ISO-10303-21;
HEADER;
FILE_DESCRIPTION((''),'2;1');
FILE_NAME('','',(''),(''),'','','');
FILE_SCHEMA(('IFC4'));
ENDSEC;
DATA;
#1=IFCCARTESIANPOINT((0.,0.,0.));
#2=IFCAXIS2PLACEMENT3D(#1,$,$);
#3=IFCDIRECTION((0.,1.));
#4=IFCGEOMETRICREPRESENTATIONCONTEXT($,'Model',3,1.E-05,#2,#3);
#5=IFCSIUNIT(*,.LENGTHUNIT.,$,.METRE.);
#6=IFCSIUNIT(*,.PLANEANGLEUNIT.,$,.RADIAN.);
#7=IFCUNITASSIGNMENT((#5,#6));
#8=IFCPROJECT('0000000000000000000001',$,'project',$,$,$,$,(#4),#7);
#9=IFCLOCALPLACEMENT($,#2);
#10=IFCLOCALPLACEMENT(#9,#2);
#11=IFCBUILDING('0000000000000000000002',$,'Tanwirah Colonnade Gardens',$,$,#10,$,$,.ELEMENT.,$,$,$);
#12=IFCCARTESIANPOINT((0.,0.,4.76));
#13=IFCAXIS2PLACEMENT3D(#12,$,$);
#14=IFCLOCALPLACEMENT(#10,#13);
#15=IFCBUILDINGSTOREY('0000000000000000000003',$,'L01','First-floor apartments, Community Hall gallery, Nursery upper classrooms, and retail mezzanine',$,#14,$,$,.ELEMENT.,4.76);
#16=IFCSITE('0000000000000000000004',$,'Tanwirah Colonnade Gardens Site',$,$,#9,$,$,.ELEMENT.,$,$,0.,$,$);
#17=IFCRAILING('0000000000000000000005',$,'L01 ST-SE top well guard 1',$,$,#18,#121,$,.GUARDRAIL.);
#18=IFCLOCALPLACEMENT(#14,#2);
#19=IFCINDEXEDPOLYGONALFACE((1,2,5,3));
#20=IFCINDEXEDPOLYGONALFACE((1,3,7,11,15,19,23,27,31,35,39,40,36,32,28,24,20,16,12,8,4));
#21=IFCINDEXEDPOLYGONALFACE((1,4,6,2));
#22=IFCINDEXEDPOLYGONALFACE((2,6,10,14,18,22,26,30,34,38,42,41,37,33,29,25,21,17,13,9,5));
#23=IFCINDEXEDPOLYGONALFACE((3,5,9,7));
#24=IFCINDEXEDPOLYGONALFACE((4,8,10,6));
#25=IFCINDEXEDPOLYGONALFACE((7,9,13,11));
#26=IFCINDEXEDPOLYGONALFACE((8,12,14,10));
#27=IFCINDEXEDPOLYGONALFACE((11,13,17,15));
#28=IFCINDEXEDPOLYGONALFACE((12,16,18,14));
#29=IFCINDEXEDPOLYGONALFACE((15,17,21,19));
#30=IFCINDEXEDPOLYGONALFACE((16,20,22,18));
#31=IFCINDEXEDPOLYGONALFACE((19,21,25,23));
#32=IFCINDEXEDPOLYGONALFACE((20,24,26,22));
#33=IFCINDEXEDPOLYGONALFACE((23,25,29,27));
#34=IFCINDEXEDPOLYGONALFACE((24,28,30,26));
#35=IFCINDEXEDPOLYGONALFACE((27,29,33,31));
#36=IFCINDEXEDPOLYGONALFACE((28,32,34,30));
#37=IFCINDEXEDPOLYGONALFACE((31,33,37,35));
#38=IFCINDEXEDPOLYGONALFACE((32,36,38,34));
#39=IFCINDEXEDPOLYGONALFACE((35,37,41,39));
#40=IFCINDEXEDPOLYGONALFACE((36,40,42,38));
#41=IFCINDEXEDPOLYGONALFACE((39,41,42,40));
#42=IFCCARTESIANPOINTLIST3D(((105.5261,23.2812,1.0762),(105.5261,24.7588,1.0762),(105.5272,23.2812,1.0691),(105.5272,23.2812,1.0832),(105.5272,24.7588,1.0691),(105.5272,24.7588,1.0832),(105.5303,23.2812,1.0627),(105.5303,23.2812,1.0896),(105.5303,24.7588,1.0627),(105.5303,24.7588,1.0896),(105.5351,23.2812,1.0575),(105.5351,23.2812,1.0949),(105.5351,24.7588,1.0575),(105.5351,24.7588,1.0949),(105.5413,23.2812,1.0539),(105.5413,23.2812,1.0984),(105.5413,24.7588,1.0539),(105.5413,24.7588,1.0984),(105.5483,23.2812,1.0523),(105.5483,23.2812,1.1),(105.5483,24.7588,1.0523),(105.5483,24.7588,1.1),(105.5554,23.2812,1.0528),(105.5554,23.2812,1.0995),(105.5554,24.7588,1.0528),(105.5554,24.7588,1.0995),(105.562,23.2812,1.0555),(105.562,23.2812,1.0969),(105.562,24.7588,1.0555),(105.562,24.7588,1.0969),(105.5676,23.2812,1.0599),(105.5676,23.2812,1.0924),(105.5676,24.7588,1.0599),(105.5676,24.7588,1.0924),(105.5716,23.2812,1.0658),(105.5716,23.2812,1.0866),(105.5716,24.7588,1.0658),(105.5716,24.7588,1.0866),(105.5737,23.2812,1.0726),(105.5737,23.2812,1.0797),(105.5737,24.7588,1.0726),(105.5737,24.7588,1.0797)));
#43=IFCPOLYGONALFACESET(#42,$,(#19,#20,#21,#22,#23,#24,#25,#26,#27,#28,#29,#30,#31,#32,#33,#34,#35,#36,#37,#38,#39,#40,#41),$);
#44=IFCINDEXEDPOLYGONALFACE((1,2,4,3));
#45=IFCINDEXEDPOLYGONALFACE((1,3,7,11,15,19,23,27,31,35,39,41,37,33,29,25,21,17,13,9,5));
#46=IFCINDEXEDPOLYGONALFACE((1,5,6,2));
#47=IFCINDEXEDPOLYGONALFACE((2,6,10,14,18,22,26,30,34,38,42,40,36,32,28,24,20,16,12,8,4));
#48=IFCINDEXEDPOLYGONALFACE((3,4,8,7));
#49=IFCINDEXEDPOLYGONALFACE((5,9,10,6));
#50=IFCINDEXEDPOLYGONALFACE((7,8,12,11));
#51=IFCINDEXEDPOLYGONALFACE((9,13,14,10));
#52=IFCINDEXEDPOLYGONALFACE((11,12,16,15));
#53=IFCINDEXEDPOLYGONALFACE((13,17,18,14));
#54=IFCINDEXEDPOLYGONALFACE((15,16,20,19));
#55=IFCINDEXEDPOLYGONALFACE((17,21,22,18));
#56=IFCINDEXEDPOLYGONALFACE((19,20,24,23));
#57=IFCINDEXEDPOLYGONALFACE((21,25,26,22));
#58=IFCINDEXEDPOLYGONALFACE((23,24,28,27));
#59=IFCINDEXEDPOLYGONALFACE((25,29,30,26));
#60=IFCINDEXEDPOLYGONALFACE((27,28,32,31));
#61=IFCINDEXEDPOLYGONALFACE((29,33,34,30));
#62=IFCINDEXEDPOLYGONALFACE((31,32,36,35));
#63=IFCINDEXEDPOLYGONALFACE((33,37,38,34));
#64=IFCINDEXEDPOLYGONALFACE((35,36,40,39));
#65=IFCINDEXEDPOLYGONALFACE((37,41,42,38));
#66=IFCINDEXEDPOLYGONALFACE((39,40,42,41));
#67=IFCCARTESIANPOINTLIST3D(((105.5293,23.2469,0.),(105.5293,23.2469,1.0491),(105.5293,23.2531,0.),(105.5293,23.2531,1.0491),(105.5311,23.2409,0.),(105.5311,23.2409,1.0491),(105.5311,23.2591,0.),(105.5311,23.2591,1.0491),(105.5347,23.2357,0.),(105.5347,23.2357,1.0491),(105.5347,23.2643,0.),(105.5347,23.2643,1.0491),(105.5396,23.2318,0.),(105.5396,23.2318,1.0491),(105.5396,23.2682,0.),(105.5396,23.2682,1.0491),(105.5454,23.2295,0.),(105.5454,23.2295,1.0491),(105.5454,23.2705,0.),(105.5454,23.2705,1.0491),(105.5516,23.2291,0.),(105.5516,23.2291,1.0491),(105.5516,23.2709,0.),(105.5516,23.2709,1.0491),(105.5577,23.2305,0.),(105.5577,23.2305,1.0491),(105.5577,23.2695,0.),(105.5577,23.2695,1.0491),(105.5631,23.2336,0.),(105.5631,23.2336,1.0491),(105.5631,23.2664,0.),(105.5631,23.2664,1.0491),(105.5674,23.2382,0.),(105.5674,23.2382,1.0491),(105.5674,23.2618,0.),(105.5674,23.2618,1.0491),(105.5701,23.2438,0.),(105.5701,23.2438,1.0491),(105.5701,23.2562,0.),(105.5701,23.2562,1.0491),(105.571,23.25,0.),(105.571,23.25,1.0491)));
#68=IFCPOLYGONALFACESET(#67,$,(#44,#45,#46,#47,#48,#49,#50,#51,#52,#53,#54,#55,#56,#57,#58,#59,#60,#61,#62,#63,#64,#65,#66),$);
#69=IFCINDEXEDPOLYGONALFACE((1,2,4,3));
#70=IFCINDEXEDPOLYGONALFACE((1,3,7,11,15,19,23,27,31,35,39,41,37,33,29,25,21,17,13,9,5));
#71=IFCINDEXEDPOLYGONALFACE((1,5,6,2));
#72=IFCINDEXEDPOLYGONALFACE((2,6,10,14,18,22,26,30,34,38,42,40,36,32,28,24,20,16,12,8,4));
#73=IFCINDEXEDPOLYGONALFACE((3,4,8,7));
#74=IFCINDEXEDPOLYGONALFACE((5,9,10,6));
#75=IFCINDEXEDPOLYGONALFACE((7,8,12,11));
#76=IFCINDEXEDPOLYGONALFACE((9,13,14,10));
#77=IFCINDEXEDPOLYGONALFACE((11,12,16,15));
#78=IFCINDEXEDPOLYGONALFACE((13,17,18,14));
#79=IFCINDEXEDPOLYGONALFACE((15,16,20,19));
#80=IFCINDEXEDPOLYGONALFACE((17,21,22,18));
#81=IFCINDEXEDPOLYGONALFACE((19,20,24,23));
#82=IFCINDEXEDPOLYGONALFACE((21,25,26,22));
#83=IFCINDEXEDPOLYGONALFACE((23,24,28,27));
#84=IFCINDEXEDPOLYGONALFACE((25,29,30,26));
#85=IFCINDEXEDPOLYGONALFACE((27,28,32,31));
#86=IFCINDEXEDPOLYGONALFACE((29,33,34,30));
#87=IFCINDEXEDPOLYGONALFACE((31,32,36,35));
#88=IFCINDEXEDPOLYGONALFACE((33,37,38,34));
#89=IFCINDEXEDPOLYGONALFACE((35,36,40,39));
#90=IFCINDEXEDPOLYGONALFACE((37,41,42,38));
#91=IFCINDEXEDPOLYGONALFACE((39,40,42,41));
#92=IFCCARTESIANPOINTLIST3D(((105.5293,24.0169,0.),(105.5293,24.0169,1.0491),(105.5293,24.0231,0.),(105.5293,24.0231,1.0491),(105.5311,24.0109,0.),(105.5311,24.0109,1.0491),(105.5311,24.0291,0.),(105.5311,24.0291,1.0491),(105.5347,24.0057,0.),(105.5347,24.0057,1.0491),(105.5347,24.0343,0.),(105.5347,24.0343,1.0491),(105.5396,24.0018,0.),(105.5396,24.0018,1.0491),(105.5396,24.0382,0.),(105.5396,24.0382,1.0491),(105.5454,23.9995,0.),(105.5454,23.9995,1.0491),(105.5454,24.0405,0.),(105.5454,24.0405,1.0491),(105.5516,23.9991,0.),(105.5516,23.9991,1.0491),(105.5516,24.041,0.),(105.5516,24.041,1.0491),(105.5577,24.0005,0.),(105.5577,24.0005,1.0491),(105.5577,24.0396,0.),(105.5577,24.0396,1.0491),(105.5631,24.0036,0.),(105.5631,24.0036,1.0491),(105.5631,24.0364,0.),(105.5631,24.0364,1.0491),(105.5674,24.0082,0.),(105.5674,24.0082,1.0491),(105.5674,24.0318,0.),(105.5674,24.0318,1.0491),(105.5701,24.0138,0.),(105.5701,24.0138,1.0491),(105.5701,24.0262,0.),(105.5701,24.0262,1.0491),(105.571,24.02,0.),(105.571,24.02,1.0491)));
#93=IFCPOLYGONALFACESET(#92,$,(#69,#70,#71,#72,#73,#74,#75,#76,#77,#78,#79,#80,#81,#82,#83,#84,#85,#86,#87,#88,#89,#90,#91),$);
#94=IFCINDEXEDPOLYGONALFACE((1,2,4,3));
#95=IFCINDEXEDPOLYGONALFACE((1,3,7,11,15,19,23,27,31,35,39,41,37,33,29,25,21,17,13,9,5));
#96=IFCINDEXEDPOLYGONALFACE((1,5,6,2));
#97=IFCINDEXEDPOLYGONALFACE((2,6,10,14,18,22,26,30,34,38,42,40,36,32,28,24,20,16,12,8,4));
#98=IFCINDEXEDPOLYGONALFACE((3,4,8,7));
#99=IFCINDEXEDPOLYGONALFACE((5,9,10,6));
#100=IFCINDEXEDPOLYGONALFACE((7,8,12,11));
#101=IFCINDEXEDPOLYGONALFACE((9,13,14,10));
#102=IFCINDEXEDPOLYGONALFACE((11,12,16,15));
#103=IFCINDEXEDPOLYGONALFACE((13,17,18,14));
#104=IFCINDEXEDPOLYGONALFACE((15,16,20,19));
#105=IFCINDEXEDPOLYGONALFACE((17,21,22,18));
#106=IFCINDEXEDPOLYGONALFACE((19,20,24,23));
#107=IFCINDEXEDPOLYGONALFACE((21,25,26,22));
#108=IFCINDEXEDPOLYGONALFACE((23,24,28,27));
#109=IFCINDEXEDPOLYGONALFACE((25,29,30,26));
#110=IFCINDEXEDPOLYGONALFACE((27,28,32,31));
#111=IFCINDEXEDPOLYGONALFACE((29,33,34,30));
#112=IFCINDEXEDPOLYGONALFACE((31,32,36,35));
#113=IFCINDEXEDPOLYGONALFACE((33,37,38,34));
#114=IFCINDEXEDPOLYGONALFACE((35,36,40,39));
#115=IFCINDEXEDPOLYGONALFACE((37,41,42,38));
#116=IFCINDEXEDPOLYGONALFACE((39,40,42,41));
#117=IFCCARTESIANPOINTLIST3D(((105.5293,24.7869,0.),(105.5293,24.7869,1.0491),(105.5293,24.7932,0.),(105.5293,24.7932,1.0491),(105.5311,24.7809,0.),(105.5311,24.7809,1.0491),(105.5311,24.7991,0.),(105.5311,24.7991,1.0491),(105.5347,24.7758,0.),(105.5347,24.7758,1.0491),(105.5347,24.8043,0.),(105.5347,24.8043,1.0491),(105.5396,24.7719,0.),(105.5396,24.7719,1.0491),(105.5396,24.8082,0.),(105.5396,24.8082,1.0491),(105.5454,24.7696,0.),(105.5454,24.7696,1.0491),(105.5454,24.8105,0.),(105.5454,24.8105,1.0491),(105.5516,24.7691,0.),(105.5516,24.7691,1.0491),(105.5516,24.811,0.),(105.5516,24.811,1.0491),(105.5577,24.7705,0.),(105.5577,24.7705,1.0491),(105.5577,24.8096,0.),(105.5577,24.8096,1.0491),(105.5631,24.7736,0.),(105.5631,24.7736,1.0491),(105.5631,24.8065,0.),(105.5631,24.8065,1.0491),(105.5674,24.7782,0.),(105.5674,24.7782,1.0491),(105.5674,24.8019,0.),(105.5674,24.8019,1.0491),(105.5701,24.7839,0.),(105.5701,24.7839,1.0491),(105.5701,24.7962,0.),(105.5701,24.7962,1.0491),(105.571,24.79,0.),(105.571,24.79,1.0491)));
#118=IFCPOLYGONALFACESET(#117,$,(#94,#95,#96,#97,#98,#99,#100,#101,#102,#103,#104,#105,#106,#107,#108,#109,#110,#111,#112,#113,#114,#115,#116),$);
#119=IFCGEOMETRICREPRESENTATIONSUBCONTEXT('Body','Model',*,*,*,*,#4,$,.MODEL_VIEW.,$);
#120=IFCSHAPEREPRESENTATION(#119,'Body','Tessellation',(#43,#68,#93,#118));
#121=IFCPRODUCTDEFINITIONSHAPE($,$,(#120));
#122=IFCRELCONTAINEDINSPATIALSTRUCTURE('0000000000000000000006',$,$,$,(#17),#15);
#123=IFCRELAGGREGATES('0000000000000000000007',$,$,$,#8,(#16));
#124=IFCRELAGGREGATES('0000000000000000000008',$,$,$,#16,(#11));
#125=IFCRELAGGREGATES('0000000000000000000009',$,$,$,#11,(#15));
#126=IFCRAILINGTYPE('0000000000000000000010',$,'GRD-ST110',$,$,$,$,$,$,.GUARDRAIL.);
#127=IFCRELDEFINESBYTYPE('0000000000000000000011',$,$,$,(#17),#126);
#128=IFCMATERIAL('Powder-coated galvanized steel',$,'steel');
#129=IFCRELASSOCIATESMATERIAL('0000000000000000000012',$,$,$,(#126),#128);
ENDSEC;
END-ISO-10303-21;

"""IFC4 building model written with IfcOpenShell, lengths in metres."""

from ifc_helpers import new_model, si_unit, direction, frame, origin, origin_2d, place, context, subcontext, project, spatial, circle, extrude, material, type_object, element, save


model = new_model("IFC4")

# Units and contexts
model_context = context("Model", 3, precision=1e-05, world=origin(), true_north=direction((0.0, 1.0)))
body_context = subcontext(model_context, "Body", "Model", "MODEL_VIEW")
ifc_project = project(units=[si_unit("LENGTHUNIT", "METRE"), si_unit("PLANEANGLEUNIT", "RADIAN")], contexts=[model_context])

# Site, building, storey
site_placement = place(None, origin())
site = spatial("IfcSite", under=ifc_project, at=site_placement, Name="Tanwirah Colonnade Gardens Site", CompositionType="ELEMENT", RefElevation=0.0)
building_placement = place(site_placement, origin())
building = spatial("IfcBuilding", under=site, at=building_placement, Name="Tanwirah Colonnade Gardens", CompositionType="ELEMENT")
storey_placement = place(building_placement, frame((0.0, 0.0, 4.76)))
storey = spatial("IfcBuildingStorey", under=building, at=storey_placement, Name="L01", Description="First-floor apartments, Community Hall gallery, Nursery upper classrooms, and retail mezzanine", CompositionType="ELEMENT", Elevation=4.76)

# Railing
ifc_material_1 = material(Name="Powder-coated galvanized steel", Category="steel")
railing_type = type_object("IfcRailingType", Name="GRD-ST110", PredefinedType="GUARDRAIL", material=ifc_material_1)
railing_placement = place(storey_placement, frame((105.55, 23.25, 0.0)))
element("IfcRailing", 1, at=railing_placement, inside=storey, type_object=railing_type, Name="L01 ST-SE top well guard 1", PredefinedType="GUARDRAIL", context=body_context, shape_type="SweptSolid", body=[
    extrude(circle(Radius=0.0239, at=origin_2d()), frame((0.0, 0.0312, 1.0762), z_axis=(0.0, 1.0, 0.0), x_axis=(-1.0, 0.0, 0.0)), (0.0, 0.0, 1.0), 1.4775),
    extrude(circle(Radius=0.021, at=origin_2d()), origin(), (0.0, 0.0, 1.0), 1.0491),
    extrude(circle(Radius=0.021, at=origin_2d()), frame((0.0, 0.77, 0.0)), (0.0, 0.0, 1.0), 1.0491),
    extrude(circle(Radius=0.021, at=origin_2d()), frame((0.0, 1.54, 0.0)), (0.0, 0.0, 1.0), 1.0491),
])

save(model, "model.ifc")
